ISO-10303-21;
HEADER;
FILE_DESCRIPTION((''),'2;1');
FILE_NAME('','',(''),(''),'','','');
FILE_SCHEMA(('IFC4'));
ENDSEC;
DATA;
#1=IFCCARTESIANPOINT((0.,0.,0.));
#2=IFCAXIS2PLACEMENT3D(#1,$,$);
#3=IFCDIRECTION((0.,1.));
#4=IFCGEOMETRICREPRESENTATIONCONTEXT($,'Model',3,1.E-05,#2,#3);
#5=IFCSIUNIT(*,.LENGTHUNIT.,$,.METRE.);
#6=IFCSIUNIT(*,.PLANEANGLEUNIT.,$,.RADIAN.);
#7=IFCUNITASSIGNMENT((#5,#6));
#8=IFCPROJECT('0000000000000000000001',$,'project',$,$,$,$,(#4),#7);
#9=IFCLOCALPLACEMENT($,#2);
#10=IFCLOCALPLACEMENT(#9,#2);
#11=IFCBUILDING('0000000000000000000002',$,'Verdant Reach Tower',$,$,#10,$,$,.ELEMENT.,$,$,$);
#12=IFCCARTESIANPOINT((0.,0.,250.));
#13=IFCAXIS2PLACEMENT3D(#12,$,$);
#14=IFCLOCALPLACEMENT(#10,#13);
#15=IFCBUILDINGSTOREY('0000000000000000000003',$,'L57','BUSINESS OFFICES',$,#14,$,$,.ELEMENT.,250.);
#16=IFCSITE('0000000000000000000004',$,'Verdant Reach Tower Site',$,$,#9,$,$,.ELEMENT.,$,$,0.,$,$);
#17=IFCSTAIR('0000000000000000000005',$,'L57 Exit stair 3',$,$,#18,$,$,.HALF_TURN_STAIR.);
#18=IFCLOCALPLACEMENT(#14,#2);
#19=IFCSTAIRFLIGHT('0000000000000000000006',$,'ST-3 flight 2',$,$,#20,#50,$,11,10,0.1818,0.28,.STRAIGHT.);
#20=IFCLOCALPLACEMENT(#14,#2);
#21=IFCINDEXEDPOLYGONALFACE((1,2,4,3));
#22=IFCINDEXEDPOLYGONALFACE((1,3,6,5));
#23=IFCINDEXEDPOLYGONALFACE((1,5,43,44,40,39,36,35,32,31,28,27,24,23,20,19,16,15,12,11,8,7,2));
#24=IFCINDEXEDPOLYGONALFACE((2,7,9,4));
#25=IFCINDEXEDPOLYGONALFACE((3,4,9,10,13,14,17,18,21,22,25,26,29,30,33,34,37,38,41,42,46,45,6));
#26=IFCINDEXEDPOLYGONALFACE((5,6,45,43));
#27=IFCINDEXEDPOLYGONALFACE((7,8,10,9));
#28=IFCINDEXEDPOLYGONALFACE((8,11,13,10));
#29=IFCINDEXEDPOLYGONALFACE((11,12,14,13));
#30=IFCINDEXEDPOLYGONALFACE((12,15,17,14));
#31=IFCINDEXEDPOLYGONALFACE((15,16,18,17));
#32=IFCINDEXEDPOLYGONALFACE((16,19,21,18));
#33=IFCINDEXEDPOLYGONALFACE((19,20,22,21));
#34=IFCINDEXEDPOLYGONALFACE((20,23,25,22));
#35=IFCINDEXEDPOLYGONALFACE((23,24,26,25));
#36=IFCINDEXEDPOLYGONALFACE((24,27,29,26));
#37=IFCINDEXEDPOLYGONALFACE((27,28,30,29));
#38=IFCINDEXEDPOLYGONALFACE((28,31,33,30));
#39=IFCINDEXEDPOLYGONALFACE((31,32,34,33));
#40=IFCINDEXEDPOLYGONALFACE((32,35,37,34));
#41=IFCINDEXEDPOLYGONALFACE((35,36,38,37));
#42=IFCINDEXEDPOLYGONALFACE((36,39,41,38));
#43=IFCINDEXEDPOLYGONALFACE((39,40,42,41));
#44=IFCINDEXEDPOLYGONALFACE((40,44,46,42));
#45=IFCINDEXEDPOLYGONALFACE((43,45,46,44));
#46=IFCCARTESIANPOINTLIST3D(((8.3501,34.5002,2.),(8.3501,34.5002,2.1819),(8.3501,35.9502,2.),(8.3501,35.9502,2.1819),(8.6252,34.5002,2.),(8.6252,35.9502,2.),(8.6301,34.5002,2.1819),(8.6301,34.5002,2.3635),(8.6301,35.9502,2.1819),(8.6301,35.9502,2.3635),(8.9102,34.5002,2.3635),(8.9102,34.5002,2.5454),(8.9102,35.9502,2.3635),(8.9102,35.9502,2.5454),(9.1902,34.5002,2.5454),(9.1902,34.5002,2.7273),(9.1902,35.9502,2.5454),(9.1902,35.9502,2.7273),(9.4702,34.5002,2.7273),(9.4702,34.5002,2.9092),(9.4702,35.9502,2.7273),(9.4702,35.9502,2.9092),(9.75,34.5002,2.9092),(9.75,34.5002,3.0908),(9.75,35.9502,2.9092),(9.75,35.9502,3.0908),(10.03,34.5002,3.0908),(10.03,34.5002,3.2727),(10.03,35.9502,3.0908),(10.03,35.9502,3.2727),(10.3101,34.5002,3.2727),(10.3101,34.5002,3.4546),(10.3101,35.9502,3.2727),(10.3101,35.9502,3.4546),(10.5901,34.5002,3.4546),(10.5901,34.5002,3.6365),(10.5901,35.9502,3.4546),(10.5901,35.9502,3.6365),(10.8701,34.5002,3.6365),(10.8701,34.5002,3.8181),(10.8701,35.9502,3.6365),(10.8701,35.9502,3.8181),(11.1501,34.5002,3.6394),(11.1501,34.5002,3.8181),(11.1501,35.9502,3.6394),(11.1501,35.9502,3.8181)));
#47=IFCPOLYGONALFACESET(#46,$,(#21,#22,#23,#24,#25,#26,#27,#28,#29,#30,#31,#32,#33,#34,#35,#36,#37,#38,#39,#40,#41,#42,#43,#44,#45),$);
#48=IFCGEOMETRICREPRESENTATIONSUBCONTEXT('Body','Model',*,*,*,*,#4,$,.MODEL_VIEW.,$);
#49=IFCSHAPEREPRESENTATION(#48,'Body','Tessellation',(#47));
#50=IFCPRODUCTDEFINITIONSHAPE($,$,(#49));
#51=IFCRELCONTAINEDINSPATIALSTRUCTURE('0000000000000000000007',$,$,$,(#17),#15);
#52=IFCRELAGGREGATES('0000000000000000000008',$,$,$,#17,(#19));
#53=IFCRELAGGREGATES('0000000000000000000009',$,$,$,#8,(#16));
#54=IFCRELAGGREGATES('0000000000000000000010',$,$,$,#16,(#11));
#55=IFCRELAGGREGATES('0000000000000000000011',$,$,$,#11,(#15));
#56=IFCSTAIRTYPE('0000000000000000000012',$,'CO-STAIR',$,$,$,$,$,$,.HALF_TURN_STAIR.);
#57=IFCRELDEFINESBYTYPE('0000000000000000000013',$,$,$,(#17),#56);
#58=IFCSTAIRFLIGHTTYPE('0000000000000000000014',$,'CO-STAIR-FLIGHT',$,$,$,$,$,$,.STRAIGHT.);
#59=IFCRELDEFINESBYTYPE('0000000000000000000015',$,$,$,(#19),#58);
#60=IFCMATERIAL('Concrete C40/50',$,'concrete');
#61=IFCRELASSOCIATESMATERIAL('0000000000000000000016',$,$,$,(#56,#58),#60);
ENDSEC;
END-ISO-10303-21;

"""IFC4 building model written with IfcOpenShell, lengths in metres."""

from ifc_helpers import new_model, si_unit, direction, frame, origin, place, context, subcontext, project, spatial, polyline, outline, extrude, material, type_object, element, aggregate, save


model = new_model("IFC4")

# Units and contexts
model_context = context("Model", 3, precision=1e-05, world=origin(), true_north=direction((0.0, 1.0)))
body_context = subcontext(model_context, "Body", "Model", "MODEL_VIEW")
ifc_project = project(units=[si_unit("LENGTHUNIT", "METRE"), si_unit("PLANEANGLEUNIT", "RADIAN")], contexts=[model_context])

# Site, building, storey
site_placement = place(None, origin())
site = spatial("IfcSite", under=ifc_project, at=site_placement, Name="Verdant Reach Tower Site", CompositionType="ELEMENT", RefElevation=0.0)
building_placement = place(site_placement, origin())
building = spatial("IfcBuilding", under=site, at=building_placement, Name="Verdant Reach Tower", CompositionType="ELEMENT")
storey_placement = place(building_placement, frame((0.0, 0.0, 250.0)))
storey = spatial("IfcBuildingStorey", under=building, at=storey_placement, Name="L57", Description="BUSINESS OFFICES", CompositionType="ELEMENT", Elevation=250.0)

# Shared definitions
ifc_material_1 = material(Name="Concrete C40/50", Category="concrete")

# Stair, stair flight
stair_type = type_object("IfcStairType", Name="CO-STAIR", PredefinedType="HALF_TURN_STAIR", material=ifc_material_1)
stair_flight_type = type_object("IfcStairFlightType", Name="CO-STAIR-FLIGHT", PredefinedType="STRAIGHT", material=ifc_material_1)
stair_1_placement = place(storey_placement, origin())
stair_1 = element("IfcStair", 1, at=stair_1_placement, inside=storey, type_object=stair_type, Name="L57 Exit stair 3", PredefinedType="HALF_TURN_STAIR")
stair_flight_1_placement = place(storey_placement, frame((8.3501, 35.2251, 2.0), z_axis=(0.0, 0.0, 1.0), x_axis=(1.0, 0.0, 0.0)))
stair_flight_1 = element("IfcStairFlight", 2, at=stair_flight_1_placement, type_object=stair_flight_type, Name="ST-3 flight 2", NumberOfRisers=11, NumberOfTreads=10, PredefinedType="STRAIGHT", RiserHeight=0.1818, TreadLength=0.28, context=body_context, shape_type="SweptSolid", body=[
    extrude(outline(polyline([(0.0, 0.0), (0.0, 0.1819), (0.28, 0.1819), (0.28, 0.3635), (0.5601, 0.3635), (0.5601, 0.5454), (0.8401, 0.5454), (0.8401, 0.7273), (1.1201, 0.7273), (1.1201, 0.9092), (1.3999, 0.9092), (1.3999, 1.0908), (1.6799, 1.0908), (1.6799, 1.2727), (1.96, 1.2727), (1.96, 1.4546), (2.24, 1.4546), (2.24, 1.6365), (2.52, 1.6365), (2.52, 1.8181), (2.8, 1.8181), (2.8, 2.0), (2.8, 1.6394), (0.2751, 0.0), (0.0, 0.0)])), frame((0.0, 0.7251, 0.0), z_axis=(0.0, -1.0, 0.0), x_axis=(1.0, 0.0, 0.0)), (0.0, 0.0, 1.0), 1.45),
])
aggregate(stair_1, [stair_flight_1])

save(model, "model.ifc")
